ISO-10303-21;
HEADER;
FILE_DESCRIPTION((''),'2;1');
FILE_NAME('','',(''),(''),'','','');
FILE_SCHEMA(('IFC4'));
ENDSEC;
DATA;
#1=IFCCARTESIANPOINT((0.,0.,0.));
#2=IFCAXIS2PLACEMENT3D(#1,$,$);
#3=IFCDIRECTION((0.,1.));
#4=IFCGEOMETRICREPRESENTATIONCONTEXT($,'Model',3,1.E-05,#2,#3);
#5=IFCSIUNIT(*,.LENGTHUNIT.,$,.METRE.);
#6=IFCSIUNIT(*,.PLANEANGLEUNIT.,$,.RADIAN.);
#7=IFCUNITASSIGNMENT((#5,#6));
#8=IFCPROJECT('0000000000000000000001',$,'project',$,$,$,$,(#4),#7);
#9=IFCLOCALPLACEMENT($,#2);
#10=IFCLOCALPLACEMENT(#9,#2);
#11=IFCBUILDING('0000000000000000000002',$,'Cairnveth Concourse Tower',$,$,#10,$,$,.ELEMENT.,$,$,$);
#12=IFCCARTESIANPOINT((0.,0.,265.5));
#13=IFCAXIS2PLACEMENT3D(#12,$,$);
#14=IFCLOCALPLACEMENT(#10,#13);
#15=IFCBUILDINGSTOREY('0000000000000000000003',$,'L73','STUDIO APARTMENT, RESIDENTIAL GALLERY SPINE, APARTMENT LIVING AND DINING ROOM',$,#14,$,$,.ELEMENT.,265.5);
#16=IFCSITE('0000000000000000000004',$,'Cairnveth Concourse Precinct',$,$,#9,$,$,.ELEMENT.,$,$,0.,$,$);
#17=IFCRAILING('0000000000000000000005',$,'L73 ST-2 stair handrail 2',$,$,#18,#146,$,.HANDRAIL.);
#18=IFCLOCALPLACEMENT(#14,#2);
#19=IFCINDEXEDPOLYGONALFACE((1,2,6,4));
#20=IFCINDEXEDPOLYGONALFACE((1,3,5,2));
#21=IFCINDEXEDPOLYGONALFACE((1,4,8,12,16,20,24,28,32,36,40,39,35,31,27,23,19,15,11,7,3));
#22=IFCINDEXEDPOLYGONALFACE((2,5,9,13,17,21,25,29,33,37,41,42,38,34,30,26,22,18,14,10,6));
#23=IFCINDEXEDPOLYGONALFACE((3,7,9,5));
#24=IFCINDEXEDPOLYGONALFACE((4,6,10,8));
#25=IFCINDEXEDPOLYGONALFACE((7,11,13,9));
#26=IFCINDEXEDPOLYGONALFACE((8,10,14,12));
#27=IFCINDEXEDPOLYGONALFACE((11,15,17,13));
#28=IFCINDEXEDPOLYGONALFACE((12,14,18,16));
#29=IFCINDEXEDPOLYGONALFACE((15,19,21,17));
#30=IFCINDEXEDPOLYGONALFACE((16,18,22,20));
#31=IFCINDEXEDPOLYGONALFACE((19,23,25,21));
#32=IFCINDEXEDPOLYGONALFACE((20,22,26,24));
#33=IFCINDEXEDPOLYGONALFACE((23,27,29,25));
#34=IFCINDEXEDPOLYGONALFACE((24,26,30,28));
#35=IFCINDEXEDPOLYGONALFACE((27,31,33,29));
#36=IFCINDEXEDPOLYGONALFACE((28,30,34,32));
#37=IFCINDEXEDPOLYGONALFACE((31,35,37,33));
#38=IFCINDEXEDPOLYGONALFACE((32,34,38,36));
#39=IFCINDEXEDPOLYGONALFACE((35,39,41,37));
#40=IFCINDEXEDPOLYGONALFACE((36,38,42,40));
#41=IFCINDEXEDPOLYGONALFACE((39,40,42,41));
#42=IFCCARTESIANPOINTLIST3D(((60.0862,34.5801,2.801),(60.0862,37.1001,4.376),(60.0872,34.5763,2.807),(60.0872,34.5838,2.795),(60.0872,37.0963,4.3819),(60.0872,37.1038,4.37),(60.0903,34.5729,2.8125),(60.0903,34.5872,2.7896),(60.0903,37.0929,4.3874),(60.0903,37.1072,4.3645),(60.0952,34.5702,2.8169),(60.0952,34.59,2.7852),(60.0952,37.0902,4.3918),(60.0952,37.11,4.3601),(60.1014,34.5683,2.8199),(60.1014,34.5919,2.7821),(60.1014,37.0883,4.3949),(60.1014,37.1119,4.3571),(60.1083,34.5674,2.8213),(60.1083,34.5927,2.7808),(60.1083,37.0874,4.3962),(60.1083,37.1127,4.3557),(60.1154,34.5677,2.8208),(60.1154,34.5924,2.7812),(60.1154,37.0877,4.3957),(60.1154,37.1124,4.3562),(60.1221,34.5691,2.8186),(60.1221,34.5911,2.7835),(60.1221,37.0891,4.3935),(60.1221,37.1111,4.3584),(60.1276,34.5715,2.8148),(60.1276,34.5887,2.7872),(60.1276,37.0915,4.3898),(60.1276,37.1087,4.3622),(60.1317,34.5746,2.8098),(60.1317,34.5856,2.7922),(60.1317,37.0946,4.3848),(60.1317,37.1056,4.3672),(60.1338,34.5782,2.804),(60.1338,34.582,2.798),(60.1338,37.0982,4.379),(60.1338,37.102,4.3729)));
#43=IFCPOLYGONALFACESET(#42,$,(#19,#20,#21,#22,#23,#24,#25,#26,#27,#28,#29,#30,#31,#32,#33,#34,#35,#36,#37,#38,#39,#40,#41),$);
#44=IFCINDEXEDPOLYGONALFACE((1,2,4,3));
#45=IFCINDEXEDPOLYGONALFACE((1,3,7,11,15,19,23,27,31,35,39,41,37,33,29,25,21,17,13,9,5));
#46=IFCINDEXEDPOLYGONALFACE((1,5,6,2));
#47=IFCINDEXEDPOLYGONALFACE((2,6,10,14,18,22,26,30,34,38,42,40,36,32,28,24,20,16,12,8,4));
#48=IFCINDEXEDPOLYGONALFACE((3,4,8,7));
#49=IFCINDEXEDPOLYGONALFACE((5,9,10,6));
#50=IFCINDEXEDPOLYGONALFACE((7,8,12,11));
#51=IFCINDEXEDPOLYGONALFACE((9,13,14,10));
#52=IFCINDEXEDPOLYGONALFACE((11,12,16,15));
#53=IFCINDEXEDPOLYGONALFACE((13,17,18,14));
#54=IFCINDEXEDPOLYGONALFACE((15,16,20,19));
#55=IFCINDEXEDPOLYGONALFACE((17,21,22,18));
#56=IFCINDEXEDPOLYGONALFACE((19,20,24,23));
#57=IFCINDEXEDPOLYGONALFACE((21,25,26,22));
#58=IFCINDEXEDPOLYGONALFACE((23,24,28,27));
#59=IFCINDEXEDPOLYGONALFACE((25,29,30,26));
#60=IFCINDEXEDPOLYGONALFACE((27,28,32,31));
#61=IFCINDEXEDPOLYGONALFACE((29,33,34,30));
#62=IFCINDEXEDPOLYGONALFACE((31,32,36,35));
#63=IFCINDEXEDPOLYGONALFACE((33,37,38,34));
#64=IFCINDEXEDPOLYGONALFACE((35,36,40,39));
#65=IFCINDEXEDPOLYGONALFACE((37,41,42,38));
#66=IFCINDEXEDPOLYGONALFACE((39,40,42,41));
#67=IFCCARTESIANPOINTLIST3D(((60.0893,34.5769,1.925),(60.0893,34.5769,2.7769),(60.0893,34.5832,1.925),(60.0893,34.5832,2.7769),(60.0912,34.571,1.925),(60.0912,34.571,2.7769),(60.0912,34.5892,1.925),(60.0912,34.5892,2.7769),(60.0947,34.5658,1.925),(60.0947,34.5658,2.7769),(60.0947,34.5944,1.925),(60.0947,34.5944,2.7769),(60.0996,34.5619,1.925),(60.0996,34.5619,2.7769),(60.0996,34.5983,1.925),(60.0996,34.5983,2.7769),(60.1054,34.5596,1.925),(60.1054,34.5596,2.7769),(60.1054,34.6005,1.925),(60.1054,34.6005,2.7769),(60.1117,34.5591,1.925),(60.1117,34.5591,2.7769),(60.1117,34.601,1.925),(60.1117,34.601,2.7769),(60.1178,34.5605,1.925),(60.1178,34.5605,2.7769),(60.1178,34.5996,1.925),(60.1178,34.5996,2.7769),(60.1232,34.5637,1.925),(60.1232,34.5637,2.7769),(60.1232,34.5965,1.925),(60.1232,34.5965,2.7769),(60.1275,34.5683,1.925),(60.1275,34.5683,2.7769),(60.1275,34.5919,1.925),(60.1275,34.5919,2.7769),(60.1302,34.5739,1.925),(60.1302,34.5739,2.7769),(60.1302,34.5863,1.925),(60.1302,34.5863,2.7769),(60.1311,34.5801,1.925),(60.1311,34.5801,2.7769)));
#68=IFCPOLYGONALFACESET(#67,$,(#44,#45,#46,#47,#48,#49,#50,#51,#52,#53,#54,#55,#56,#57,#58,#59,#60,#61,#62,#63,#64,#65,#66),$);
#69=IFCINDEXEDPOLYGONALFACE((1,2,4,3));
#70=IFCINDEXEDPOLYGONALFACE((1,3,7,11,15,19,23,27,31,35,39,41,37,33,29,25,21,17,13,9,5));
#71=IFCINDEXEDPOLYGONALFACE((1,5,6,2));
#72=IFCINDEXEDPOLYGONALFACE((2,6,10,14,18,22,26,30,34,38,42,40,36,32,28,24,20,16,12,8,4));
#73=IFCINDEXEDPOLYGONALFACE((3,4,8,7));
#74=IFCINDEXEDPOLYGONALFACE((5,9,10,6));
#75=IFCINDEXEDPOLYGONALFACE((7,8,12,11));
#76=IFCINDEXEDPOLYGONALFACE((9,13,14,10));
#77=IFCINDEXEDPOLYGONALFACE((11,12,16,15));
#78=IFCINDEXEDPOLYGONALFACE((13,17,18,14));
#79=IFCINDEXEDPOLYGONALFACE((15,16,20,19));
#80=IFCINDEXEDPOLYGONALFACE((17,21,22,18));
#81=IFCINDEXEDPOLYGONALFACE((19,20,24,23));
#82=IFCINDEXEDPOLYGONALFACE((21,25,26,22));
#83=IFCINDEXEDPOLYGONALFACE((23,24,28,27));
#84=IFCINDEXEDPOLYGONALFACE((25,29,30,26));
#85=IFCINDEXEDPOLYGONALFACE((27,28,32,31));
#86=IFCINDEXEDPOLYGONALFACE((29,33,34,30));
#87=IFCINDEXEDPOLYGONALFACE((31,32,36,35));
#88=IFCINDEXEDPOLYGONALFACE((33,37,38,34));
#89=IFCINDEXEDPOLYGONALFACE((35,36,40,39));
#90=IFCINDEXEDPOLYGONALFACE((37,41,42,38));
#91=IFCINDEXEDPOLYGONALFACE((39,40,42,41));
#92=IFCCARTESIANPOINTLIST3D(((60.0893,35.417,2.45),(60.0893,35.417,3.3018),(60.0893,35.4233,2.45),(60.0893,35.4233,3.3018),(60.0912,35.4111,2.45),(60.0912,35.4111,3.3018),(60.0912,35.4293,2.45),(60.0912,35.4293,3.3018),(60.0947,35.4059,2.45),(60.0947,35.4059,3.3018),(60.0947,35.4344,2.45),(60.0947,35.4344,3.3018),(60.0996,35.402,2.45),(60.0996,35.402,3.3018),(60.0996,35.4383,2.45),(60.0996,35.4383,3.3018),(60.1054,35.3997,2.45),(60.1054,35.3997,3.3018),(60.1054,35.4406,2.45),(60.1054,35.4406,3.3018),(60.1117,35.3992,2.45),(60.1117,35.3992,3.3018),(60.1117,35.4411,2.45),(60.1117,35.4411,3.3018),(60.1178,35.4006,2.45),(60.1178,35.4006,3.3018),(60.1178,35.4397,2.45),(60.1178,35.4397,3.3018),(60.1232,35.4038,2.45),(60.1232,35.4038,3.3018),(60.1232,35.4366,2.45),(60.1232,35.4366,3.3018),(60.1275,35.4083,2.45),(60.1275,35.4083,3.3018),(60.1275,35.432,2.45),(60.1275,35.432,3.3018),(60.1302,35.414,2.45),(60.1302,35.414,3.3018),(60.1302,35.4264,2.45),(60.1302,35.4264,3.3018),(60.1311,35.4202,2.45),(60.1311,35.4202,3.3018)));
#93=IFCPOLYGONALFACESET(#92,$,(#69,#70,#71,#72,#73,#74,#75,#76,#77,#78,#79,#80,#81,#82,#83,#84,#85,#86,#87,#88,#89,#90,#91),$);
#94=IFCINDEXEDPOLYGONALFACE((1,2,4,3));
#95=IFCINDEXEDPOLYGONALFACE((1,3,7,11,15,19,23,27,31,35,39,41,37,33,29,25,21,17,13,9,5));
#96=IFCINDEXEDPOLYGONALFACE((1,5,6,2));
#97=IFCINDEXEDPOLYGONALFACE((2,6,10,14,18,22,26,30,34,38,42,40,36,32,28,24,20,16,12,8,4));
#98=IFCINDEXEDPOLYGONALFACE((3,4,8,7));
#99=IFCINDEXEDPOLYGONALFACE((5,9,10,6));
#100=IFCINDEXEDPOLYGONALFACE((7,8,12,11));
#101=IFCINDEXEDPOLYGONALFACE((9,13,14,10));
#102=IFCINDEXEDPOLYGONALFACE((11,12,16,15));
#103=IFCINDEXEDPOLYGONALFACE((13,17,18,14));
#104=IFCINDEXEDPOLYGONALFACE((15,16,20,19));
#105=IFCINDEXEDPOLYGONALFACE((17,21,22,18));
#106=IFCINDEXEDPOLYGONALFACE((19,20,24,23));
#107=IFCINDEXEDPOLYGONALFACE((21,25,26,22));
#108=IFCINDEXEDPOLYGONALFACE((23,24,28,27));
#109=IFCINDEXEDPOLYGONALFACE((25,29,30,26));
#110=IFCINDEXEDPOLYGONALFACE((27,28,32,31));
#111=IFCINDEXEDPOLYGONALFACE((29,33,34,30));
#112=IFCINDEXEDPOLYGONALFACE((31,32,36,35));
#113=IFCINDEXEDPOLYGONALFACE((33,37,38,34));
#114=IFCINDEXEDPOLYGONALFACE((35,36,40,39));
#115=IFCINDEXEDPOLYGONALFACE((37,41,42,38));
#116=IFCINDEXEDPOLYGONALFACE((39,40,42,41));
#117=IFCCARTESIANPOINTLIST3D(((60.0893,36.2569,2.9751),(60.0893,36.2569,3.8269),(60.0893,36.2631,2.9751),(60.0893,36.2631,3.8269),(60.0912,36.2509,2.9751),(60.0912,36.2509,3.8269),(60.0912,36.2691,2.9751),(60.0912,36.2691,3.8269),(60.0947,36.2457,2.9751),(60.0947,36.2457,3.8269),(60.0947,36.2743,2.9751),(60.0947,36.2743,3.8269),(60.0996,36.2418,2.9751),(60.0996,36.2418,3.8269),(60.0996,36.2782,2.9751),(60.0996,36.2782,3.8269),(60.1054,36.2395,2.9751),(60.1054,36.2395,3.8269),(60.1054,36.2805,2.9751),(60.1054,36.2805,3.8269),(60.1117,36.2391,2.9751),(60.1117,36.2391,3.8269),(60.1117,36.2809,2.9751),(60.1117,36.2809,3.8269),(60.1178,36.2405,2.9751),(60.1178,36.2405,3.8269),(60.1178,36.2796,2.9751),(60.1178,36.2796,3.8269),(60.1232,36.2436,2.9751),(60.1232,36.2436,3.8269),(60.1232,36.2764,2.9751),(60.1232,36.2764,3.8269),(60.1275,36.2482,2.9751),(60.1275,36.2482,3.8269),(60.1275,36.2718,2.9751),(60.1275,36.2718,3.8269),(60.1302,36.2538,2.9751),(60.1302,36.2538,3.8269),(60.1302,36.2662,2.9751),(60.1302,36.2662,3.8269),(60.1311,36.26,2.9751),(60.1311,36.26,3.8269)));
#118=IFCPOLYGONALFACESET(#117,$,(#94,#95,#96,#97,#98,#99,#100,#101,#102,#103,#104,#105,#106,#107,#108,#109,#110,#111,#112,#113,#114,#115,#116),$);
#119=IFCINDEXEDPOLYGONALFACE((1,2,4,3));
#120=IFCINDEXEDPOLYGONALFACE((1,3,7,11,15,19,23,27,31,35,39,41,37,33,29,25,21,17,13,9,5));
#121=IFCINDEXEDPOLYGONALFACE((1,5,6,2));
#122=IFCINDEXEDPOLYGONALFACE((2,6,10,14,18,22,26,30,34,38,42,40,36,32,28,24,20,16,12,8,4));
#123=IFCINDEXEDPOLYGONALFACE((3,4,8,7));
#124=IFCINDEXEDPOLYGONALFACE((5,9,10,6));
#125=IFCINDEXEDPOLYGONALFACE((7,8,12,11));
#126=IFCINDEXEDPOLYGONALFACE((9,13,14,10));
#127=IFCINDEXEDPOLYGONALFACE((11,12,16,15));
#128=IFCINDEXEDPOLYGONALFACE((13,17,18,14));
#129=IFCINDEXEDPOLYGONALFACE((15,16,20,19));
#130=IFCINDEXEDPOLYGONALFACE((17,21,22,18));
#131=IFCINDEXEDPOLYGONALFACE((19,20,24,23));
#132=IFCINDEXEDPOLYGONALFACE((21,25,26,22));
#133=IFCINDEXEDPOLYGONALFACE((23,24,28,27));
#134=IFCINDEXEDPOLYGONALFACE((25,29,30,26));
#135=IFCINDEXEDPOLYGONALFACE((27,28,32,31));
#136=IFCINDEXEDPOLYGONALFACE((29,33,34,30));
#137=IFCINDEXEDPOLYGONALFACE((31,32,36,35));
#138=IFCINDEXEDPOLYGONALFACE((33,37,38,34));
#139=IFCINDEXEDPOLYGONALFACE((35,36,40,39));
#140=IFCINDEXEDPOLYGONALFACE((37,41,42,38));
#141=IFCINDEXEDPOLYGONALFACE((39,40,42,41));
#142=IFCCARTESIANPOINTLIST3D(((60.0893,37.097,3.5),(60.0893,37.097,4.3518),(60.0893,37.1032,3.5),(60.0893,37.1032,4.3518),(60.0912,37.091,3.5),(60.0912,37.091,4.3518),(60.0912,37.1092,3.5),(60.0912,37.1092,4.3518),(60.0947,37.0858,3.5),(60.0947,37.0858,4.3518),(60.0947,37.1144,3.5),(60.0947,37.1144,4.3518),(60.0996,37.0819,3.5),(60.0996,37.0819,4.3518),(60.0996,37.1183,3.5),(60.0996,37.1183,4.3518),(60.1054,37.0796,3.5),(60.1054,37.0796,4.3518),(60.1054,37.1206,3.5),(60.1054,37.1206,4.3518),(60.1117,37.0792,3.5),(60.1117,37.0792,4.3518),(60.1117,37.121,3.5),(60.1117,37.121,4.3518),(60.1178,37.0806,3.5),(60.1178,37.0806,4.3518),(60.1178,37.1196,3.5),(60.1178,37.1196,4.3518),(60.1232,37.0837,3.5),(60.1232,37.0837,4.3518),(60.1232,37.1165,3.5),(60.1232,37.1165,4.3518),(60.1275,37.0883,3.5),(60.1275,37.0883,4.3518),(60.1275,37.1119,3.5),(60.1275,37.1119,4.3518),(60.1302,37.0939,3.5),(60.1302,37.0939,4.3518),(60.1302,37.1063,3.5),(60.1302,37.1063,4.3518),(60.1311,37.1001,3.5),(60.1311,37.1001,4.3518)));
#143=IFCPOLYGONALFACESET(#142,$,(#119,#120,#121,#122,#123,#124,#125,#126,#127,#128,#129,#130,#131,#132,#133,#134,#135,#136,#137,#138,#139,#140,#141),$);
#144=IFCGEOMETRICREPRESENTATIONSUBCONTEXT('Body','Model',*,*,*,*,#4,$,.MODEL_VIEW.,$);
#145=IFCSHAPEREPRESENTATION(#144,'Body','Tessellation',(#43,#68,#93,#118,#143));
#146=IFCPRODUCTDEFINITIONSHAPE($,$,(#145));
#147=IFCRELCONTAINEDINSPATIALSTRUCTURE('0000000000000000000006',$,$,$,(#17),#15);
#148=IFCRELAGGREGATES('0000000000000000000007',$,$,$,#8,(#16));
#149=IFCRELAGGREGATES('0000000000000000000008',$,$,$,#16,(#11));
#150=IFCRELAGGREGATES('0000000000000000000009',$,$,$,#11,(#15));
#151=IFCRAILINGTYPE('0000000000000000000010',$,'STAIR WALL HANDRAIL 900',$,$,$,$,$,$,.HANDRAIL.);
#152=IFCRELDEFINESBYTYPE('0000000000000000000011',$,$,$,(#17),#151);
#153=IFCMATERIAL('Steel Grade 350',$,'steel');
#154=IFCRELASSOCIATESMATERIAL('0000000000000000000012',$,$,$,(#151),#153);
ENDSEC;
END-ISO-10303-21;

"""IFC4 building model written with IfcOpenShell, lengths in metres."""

from ifc_helpers import new_model, si_unit, direction, frame, origin, origin_2d, place, context, subcontext, project, spatial, circle, extrude, material, type_object, element, save


model = new_model("IFC4")

# Units and contexts
model_context = context("Model", 3, precision=1e-05, world=origin(), true_north=direction((0.0, 1.0)))
body_context = subcontext(model_context, "Body", "Model", "MODEL_VIEW")
ifc_project = project(units=[si_unit("LENGTHUNIT", "METRE"), si_unit("PLANEANGLEUNIT", "RADIAN")], contexts=[model_context])

# Site, building, storey
site_placement = place(None, origin())
site = spatial("IfcSite", under=ifc_project, at=site_placement, Name="Cairnveth Concourse Precinct", CompositionType="ELEMENT", RefElevation=0.0)
building_placement = place(site_placement, origin())
building = spatial("IfcBuilding", under=site, at=building_placement, Name="Cairnveth Concourse Tower", CompositionType="ELEMENT")
storey_placement = place(building_placement, frame((0.0, 0.0, 265.5)))
storey = spatial("IfcBuildingStorey", under=building, at=storey_placement, Name="L73", Description="STUDIO APARTMENT, RESIDENTIAL GALLERY SPINE, APARTMENT LIVING AND DINING ROOM", CompositionType="ELEMENT", Elevation=265.5)

# Shared definitions
ifc_material_1 = material(Name="Steel Grade 350", Category="steel")

# Railing
railing_type_1 = type_object("IfcRailingType", Name="STAIR WALL HANDRAIL 900", PredefinedType="HANDRAIL", material=ifc_material_1)
railing_1_placement = place(storey_placement, frame((60.1101, 34.5801, 1.925)))
element("IfcRailing", 1, at=railing_1_placement, inside=storey, type_object=railing_type_1, Name="L73 ST-2 stair handrail 2", PredefinedType="HANDRAIL", context=body_context, shape_type="SweptSolid", body=[
    extrude(circle(Radius=0.0239, at=origin_2d()), frame((0.0, 0.0, 0.876), z_axis=(0.0, 0.848008, 0.529984), x_axis=(-1.0, 0.0, 0.0)), (0.0, 0.0, 1.0), 2.9717),
    extrude(circle(Radius=0.021, at=origin_2d()), origin(), (0.0, 0.0, 1.0), 0.8518),
    extrude(circle(Radius=0.021, at=origin_2d()), frame((0.0, 0.8401, 0.5249)), (0.0, 0.0, 1.0), 0.8518),
    extrude(circle(Radius=0.021, at=origin_2d()), frame((0.0, 1.6799, 1.05)), (0.0, 0.0, 1.0), 0.8518),
    extrude(circle(Radius=0.021, at=origin_2d()), frame((0.0, 2.52, 1.575)), (0.0, 0.0, 1.0), 0.8518),
])

save(model, "model.ifc")
